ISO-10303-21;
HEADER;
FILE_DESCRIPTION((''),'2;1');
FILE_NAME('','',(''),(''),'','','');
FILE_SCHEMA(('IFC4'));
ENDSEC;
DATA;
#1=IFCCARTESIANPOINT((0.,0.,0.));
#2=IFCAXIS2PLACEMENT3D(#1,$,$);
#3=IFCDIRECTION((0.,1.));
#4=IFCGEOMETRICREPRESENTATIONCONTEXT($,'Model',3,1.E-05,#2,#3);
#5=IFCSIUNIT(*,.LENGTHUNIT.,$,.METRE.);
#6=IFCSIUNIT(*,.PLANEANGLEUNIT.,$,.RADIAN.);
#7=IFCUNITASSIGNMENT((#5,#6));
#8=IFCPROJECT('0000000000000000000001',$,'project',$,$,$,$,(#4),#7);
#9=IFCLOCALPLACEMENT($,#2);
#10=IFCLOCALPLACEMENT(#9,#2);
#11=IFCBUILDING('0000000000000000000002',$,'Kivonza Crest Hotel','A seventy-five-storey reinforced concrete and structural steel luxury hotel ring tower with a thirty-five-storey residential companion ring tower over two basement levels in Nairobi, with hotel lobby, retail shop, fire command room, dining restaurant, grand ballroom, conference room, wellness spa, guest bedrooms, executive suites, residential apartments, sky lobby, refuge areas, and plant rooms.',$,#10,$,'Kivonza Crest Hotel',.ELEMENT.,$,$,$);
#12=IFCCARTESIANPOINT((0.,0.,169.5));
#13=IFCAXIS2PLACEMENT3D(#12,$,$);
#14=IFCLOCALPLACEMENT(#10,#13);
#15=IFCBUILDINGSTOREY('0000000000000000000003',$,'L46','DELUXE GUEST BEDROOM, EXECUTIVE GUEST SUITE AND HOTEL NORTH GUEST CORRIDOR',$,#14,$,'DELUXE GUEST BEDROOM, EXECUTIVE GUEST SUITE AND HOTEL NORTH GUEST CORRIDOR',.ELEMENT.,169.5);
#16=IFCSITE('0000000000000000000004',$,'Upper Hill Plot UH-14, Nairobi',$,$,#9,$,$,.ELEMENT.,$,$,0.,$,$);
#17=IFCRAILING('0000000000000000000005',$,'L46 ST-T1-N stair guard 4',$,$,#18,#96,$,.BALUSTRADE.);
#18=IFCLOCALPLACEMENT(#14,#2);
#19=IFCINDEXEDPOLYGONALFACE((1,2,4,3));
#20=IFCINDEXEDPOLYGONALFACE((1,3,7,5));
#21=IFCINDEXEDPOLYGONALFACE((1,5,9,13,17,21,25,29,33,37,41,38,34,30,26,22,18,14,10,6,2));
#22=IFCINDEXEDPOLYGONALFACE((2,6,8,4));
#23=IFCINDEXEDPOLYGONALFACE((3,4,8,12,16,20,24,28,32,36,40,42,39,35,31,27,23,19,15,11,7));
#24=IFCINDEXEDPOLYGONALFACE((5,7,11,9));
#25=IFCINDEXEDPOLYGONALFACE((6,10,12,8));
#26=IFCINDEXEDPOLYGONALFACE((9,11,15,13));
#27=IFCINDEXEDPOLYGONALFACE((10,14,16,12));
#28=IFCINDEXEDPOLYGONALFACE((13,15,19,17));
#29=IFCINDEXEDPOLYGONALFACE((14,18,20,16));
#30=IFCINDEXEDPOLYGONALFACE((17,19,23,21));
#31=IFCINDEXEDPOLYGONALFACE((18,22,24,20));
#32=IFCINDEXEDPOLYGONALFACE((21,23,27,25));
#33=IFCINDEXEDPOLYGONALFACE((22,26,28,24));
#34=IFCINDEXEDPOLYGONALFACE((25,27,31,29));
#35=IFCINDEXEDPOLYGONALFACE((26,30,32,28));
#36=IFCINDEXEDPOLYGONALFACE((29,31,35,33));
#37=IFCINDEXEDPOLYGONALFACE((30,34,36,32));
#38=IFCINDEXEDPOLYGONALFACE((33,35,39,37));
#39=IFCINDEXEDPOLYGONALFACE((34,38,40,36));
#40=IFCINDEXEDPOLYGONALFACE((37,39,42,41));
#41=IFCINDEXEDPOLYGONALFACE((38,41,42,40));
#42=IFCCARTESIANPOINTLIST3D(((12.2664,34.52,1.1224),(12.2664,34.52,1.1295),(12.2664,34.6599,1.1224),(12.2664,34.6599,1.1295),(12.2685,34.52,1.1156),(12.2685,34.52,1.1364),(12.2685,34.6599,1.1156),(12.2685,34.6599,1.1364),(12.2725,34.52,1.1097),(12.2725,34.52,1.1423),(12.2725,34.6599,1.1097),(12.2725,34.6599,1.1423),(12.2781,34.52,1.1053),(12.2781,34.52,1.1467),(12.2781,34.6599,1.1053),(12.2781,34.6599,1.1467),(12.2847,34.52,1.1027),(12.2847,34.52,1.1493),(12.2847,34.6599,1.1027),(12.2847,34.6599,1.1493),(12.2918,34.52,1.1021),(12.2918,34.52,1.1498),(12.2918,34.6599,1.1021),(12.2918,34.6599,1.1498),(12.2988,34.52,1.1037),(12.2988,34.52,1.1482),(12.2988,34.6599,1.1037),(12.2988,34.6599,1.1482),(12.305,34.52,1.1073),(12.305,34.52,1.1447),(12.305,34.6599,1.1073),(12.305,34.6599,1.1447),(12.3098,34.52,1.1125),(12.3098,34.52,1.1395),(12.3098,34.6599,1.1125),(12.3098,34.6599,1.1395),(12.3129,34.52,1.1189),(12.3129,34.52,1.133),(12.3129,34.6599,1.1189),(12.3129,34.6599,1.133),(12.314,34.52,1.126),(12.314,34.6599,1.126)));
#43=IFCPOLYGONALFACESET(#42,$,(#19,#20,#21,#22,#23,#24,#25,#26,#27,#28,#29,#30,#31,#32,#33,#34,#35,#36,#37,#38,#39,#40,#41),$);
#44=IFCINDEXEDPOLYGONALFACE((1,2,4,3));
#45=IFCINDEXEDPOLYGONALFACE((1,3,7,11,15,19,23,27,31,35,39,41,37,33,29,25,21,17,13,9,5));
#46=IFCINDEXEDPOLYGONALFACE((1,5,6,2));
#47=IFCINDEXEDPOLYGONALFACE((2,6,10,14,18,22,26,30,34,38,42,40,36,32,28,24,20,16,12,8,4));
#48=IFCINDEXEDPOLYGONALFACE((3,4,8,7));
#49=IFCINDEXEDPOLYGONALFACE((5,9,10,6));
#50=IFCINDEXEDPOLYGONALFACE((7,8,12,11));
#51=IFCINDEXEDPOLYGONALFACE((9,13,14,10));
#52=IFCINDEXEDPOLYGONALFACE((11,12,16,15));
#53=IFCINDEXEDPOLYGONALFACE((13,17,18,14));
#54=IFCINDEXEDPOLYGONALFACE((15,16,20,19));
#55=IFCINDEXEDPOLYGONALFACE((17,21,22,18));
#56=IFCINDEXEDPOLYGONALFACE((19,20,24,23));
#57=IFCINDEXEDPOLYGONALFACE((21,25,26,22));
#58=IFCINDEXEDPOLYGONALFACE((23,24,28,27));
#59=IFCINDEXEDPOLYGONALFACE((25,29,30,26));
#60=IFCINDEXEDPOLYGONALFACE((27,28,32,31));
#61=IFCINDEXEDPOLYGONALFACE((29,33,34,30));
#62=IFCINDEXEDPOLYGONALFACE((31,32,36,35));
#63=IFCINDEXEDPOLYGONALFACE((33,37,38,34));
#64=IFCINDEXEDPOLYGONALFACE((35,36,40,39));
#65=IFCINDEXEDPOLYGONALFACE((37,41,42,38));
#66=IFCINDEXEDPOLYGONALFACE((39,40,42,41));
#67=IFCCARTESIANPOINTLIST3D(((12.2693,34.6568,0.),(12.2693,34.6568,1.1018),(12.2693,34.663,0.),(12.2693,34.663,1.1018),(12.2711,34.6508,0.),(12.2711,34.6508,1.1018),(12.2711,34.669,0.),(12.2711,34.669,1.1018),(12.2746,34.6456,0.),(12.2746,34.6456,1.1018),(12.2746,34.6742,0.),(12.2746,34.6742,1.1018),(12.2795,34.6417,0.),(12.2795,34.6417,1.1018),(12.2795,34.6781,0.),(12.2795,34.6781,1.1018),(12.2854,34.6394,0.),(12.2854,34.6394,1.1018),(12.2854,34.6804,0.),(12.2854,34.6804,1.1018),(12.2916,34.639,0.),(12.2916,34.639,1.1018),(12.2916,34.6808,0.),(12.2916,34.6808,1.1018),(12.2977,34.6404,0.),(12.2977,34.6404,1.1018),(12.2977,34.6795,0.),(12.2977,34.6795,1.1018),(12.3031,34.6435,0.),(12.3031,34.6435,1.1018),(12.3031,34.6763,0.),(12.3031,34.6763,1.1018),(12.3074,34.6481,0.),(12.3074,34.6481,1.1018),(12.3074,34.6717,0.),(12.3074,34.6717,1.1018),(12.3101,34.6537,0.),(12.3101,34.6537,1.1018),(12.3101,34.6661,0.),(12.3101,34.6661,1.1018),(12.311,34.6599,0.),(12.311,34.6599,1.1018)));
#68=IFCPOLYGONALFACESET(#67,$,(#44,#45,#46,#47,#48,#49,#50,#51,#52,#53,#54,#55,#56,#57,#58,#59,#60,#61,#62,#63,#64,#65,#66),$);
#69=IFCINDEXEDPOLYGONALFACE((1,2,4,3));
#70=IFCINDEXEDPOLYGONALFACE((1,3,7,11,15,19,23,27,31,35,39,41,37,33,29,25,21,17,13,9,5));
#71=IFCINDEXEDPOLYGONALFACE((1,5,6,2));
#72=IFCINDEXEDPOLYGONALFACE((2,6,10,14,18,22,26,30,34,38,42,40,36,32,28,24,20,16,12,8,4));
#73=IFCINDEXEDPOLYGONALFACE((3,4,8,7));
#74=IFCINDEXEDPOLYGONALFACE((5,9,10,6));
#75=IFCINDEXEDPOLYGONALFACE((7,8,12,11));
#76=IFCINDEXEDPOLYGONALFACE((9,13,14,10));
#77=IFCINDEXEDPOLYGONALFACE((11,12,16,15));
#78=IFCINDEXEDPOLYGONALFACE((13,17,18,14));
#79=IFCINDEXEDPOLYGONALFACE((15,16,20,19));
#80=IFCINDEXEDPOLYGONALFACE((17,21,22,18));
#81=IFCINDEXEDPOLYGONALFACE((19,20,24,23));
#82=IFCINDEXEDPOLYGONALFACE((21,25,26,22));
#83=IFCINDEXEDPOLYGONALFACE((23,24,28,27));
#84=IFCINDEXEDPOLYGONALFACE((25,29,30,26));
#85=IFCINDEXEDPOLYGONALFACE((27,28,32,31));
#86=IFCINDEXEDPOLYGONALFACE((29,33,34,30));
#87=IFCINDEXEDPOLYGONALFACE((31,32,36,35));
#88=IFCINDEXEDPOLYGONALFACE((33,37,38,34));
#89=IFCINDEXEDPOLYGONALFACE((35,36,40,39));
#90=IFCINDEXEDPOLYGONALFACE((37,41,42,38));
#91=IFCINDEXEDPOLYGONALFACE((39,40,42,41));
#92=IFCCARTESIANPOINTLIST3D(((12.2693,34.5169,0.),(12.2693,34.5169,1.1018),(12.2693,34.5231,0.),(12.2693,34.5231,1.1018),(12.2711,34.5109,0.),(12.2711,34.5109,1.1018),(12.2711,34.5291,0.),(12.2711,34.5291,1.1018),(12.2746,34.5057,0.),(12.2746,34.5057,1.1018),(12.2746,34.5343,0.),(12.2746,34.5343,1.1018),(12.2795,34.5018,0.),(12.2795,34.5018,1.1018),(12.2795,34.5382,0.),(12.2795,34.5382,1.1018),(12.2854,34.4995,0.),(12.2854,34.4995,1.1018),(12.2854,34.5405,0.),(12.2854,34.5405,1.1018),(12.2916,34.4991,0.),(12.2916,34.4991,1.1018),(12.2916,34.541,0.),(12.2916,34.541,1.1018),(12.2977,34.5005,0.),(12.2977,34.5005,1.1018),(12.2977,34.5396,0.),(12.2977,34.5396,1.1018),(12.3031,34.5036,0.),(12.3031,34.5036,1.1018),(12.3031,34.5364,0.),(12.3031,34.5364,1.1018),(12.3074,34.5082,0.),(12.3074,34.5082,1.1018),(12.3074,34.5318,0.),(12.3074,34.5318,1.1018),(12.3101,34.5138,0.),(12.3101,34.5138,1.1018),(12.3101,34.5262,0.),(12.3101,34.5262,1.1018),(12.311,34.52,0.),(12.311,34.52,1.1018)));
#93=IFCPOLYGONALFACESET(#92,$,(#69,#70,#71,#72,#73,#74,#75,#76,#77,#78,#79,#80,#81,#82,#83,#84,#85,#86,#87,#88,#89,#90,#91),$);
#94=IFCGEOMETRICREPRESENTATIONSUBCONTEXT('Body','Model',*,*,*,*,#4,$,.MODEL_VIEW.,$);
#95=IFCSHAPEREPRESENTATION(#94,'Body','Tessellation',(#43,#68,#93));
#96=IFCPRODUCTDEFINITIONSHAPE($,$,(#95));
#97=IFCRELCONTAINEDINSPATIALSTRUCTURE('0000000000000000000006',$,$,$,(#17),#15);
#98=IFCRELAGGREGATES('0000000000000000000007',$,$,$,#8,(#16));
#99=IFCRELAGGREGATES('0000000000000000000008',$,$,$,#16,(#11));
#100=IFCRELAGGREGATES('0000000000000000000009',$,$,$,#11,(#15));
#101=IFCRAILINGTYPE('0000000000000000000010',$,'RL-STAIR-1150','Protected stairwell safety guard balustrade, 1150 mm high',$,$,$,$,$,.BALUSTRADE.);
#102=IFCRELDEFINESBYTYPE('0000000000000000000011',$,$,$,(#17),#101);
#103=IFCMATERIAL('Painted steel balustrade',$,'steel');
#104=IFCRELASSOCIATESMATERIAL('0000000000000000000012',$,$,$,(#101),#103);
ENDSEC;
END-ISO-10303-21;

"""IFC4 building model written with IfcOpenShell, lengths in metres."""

from ifc_helpers import new_model, si_unit, direction, frame, origin, origin_2d, place, context, subcontext, project, spatial, circle, extrude, material, type_object, element, save


model = new_model("IFC4")

# Units and contexts
model_context = context("Model", 3, precision=1e-05, world=origin(), true_north=direction((0.0, 1.0)))
body_context = subcontext(model_context, "Body", "Model", "MODEL_VIEW")
ifc_project = project(units=[si_unit("LENGTHUNIT", "METRE"), si_unit("PLANEANGLEUNIT", "RADIAN")], contexts=[model_context])

# Site, building, storey
site_placement = place(None, origin())
site = spatial("IfcSite", under=ifc_project, at=site_placement, Name="Upper Hill Plot UH-14, Nairobi", CompositionType="ELEMENT", RefElevation=0.0)
building_placement = place(site_placement, origin())
building = spatial("IfcBuilding", under=site, at=building_placement, Name="Kivonza Crest Hotel", Description="A seventy-five-storey reinforced concrete and structural steel luxury hotel ring tower with a thirty-five-storey residential companion ring tower over two basement levels in Nairobi, with hotel lobby, retail shop, fire command room, dining restaurant, grand ballroom, conference room, wellness spa, guest bedrooms, executive suites, residential apartments, sky lobby, refuge areas, and plant rooms.", LongName="Kivonza Crest Hotel", CompositionType="ELEMENT")
storey_placement = place(building_placement, frame((0.0, 0.0, 169.5)))
storey = spatial("IfcBuildingStorey", under=building, at=storey_placement, Name="L46", Description="DELUXE GUEST BEDROOM, EXECUTIVE GUEST SUITE AND HOTEL NORTH GUEST CORRIDOR", LongName="DELUXE GUEST BEDROOM, EXECUTIVE GUEST SUITE AND HOTEL NORTH GUEST CORRIDOR", CompositionType="ELEMENT", Elevation=169.5)

# Railing
ifc_material_1 = material(Name="Painted steel balustrade", Category="steel")
railing_type_1 = type_object("IfcRailingType", Name="RL-STAIR-1150", Description="Protected stairwell safety guard balustrade, 1150 mm high", PredefinedType="BALUSTRADE", material=ifc_material_1)
railing_1_placement = place(storey_placement, frame((12.29, 34.6599, 0.0)))
element("IfcRailing", 1, at=railing_1_placement, inside=storey, type_object=railing_type_1, Name="L46 ST-T1-N stair guard 4", PredefinedType="BALUSTRADE", context=body_context, shape_type="SweptSolid", body=[
    extrude(circle(Radius=0.0239, at=origin_2d()), frame((0.0, 0.0, 1.126), z_axis=(0.0, -1.0, 0.0), x_axis=(1.0, 0.0, 0.0)), (0.0, 0.0, 1.0), 0.1399),
    extrude(circle(Radius=0.021, at=origin_2d()), origin(), (0.0, 0.0, 1.0), 1.1018),
    extrude(circle(Radius=0.021, at=origin_2d()), frame((0.0, -0.1399, 0.0)), (0.0, 0.0, 1.0), 1.1018),
])

save(model, "model.ifc")
